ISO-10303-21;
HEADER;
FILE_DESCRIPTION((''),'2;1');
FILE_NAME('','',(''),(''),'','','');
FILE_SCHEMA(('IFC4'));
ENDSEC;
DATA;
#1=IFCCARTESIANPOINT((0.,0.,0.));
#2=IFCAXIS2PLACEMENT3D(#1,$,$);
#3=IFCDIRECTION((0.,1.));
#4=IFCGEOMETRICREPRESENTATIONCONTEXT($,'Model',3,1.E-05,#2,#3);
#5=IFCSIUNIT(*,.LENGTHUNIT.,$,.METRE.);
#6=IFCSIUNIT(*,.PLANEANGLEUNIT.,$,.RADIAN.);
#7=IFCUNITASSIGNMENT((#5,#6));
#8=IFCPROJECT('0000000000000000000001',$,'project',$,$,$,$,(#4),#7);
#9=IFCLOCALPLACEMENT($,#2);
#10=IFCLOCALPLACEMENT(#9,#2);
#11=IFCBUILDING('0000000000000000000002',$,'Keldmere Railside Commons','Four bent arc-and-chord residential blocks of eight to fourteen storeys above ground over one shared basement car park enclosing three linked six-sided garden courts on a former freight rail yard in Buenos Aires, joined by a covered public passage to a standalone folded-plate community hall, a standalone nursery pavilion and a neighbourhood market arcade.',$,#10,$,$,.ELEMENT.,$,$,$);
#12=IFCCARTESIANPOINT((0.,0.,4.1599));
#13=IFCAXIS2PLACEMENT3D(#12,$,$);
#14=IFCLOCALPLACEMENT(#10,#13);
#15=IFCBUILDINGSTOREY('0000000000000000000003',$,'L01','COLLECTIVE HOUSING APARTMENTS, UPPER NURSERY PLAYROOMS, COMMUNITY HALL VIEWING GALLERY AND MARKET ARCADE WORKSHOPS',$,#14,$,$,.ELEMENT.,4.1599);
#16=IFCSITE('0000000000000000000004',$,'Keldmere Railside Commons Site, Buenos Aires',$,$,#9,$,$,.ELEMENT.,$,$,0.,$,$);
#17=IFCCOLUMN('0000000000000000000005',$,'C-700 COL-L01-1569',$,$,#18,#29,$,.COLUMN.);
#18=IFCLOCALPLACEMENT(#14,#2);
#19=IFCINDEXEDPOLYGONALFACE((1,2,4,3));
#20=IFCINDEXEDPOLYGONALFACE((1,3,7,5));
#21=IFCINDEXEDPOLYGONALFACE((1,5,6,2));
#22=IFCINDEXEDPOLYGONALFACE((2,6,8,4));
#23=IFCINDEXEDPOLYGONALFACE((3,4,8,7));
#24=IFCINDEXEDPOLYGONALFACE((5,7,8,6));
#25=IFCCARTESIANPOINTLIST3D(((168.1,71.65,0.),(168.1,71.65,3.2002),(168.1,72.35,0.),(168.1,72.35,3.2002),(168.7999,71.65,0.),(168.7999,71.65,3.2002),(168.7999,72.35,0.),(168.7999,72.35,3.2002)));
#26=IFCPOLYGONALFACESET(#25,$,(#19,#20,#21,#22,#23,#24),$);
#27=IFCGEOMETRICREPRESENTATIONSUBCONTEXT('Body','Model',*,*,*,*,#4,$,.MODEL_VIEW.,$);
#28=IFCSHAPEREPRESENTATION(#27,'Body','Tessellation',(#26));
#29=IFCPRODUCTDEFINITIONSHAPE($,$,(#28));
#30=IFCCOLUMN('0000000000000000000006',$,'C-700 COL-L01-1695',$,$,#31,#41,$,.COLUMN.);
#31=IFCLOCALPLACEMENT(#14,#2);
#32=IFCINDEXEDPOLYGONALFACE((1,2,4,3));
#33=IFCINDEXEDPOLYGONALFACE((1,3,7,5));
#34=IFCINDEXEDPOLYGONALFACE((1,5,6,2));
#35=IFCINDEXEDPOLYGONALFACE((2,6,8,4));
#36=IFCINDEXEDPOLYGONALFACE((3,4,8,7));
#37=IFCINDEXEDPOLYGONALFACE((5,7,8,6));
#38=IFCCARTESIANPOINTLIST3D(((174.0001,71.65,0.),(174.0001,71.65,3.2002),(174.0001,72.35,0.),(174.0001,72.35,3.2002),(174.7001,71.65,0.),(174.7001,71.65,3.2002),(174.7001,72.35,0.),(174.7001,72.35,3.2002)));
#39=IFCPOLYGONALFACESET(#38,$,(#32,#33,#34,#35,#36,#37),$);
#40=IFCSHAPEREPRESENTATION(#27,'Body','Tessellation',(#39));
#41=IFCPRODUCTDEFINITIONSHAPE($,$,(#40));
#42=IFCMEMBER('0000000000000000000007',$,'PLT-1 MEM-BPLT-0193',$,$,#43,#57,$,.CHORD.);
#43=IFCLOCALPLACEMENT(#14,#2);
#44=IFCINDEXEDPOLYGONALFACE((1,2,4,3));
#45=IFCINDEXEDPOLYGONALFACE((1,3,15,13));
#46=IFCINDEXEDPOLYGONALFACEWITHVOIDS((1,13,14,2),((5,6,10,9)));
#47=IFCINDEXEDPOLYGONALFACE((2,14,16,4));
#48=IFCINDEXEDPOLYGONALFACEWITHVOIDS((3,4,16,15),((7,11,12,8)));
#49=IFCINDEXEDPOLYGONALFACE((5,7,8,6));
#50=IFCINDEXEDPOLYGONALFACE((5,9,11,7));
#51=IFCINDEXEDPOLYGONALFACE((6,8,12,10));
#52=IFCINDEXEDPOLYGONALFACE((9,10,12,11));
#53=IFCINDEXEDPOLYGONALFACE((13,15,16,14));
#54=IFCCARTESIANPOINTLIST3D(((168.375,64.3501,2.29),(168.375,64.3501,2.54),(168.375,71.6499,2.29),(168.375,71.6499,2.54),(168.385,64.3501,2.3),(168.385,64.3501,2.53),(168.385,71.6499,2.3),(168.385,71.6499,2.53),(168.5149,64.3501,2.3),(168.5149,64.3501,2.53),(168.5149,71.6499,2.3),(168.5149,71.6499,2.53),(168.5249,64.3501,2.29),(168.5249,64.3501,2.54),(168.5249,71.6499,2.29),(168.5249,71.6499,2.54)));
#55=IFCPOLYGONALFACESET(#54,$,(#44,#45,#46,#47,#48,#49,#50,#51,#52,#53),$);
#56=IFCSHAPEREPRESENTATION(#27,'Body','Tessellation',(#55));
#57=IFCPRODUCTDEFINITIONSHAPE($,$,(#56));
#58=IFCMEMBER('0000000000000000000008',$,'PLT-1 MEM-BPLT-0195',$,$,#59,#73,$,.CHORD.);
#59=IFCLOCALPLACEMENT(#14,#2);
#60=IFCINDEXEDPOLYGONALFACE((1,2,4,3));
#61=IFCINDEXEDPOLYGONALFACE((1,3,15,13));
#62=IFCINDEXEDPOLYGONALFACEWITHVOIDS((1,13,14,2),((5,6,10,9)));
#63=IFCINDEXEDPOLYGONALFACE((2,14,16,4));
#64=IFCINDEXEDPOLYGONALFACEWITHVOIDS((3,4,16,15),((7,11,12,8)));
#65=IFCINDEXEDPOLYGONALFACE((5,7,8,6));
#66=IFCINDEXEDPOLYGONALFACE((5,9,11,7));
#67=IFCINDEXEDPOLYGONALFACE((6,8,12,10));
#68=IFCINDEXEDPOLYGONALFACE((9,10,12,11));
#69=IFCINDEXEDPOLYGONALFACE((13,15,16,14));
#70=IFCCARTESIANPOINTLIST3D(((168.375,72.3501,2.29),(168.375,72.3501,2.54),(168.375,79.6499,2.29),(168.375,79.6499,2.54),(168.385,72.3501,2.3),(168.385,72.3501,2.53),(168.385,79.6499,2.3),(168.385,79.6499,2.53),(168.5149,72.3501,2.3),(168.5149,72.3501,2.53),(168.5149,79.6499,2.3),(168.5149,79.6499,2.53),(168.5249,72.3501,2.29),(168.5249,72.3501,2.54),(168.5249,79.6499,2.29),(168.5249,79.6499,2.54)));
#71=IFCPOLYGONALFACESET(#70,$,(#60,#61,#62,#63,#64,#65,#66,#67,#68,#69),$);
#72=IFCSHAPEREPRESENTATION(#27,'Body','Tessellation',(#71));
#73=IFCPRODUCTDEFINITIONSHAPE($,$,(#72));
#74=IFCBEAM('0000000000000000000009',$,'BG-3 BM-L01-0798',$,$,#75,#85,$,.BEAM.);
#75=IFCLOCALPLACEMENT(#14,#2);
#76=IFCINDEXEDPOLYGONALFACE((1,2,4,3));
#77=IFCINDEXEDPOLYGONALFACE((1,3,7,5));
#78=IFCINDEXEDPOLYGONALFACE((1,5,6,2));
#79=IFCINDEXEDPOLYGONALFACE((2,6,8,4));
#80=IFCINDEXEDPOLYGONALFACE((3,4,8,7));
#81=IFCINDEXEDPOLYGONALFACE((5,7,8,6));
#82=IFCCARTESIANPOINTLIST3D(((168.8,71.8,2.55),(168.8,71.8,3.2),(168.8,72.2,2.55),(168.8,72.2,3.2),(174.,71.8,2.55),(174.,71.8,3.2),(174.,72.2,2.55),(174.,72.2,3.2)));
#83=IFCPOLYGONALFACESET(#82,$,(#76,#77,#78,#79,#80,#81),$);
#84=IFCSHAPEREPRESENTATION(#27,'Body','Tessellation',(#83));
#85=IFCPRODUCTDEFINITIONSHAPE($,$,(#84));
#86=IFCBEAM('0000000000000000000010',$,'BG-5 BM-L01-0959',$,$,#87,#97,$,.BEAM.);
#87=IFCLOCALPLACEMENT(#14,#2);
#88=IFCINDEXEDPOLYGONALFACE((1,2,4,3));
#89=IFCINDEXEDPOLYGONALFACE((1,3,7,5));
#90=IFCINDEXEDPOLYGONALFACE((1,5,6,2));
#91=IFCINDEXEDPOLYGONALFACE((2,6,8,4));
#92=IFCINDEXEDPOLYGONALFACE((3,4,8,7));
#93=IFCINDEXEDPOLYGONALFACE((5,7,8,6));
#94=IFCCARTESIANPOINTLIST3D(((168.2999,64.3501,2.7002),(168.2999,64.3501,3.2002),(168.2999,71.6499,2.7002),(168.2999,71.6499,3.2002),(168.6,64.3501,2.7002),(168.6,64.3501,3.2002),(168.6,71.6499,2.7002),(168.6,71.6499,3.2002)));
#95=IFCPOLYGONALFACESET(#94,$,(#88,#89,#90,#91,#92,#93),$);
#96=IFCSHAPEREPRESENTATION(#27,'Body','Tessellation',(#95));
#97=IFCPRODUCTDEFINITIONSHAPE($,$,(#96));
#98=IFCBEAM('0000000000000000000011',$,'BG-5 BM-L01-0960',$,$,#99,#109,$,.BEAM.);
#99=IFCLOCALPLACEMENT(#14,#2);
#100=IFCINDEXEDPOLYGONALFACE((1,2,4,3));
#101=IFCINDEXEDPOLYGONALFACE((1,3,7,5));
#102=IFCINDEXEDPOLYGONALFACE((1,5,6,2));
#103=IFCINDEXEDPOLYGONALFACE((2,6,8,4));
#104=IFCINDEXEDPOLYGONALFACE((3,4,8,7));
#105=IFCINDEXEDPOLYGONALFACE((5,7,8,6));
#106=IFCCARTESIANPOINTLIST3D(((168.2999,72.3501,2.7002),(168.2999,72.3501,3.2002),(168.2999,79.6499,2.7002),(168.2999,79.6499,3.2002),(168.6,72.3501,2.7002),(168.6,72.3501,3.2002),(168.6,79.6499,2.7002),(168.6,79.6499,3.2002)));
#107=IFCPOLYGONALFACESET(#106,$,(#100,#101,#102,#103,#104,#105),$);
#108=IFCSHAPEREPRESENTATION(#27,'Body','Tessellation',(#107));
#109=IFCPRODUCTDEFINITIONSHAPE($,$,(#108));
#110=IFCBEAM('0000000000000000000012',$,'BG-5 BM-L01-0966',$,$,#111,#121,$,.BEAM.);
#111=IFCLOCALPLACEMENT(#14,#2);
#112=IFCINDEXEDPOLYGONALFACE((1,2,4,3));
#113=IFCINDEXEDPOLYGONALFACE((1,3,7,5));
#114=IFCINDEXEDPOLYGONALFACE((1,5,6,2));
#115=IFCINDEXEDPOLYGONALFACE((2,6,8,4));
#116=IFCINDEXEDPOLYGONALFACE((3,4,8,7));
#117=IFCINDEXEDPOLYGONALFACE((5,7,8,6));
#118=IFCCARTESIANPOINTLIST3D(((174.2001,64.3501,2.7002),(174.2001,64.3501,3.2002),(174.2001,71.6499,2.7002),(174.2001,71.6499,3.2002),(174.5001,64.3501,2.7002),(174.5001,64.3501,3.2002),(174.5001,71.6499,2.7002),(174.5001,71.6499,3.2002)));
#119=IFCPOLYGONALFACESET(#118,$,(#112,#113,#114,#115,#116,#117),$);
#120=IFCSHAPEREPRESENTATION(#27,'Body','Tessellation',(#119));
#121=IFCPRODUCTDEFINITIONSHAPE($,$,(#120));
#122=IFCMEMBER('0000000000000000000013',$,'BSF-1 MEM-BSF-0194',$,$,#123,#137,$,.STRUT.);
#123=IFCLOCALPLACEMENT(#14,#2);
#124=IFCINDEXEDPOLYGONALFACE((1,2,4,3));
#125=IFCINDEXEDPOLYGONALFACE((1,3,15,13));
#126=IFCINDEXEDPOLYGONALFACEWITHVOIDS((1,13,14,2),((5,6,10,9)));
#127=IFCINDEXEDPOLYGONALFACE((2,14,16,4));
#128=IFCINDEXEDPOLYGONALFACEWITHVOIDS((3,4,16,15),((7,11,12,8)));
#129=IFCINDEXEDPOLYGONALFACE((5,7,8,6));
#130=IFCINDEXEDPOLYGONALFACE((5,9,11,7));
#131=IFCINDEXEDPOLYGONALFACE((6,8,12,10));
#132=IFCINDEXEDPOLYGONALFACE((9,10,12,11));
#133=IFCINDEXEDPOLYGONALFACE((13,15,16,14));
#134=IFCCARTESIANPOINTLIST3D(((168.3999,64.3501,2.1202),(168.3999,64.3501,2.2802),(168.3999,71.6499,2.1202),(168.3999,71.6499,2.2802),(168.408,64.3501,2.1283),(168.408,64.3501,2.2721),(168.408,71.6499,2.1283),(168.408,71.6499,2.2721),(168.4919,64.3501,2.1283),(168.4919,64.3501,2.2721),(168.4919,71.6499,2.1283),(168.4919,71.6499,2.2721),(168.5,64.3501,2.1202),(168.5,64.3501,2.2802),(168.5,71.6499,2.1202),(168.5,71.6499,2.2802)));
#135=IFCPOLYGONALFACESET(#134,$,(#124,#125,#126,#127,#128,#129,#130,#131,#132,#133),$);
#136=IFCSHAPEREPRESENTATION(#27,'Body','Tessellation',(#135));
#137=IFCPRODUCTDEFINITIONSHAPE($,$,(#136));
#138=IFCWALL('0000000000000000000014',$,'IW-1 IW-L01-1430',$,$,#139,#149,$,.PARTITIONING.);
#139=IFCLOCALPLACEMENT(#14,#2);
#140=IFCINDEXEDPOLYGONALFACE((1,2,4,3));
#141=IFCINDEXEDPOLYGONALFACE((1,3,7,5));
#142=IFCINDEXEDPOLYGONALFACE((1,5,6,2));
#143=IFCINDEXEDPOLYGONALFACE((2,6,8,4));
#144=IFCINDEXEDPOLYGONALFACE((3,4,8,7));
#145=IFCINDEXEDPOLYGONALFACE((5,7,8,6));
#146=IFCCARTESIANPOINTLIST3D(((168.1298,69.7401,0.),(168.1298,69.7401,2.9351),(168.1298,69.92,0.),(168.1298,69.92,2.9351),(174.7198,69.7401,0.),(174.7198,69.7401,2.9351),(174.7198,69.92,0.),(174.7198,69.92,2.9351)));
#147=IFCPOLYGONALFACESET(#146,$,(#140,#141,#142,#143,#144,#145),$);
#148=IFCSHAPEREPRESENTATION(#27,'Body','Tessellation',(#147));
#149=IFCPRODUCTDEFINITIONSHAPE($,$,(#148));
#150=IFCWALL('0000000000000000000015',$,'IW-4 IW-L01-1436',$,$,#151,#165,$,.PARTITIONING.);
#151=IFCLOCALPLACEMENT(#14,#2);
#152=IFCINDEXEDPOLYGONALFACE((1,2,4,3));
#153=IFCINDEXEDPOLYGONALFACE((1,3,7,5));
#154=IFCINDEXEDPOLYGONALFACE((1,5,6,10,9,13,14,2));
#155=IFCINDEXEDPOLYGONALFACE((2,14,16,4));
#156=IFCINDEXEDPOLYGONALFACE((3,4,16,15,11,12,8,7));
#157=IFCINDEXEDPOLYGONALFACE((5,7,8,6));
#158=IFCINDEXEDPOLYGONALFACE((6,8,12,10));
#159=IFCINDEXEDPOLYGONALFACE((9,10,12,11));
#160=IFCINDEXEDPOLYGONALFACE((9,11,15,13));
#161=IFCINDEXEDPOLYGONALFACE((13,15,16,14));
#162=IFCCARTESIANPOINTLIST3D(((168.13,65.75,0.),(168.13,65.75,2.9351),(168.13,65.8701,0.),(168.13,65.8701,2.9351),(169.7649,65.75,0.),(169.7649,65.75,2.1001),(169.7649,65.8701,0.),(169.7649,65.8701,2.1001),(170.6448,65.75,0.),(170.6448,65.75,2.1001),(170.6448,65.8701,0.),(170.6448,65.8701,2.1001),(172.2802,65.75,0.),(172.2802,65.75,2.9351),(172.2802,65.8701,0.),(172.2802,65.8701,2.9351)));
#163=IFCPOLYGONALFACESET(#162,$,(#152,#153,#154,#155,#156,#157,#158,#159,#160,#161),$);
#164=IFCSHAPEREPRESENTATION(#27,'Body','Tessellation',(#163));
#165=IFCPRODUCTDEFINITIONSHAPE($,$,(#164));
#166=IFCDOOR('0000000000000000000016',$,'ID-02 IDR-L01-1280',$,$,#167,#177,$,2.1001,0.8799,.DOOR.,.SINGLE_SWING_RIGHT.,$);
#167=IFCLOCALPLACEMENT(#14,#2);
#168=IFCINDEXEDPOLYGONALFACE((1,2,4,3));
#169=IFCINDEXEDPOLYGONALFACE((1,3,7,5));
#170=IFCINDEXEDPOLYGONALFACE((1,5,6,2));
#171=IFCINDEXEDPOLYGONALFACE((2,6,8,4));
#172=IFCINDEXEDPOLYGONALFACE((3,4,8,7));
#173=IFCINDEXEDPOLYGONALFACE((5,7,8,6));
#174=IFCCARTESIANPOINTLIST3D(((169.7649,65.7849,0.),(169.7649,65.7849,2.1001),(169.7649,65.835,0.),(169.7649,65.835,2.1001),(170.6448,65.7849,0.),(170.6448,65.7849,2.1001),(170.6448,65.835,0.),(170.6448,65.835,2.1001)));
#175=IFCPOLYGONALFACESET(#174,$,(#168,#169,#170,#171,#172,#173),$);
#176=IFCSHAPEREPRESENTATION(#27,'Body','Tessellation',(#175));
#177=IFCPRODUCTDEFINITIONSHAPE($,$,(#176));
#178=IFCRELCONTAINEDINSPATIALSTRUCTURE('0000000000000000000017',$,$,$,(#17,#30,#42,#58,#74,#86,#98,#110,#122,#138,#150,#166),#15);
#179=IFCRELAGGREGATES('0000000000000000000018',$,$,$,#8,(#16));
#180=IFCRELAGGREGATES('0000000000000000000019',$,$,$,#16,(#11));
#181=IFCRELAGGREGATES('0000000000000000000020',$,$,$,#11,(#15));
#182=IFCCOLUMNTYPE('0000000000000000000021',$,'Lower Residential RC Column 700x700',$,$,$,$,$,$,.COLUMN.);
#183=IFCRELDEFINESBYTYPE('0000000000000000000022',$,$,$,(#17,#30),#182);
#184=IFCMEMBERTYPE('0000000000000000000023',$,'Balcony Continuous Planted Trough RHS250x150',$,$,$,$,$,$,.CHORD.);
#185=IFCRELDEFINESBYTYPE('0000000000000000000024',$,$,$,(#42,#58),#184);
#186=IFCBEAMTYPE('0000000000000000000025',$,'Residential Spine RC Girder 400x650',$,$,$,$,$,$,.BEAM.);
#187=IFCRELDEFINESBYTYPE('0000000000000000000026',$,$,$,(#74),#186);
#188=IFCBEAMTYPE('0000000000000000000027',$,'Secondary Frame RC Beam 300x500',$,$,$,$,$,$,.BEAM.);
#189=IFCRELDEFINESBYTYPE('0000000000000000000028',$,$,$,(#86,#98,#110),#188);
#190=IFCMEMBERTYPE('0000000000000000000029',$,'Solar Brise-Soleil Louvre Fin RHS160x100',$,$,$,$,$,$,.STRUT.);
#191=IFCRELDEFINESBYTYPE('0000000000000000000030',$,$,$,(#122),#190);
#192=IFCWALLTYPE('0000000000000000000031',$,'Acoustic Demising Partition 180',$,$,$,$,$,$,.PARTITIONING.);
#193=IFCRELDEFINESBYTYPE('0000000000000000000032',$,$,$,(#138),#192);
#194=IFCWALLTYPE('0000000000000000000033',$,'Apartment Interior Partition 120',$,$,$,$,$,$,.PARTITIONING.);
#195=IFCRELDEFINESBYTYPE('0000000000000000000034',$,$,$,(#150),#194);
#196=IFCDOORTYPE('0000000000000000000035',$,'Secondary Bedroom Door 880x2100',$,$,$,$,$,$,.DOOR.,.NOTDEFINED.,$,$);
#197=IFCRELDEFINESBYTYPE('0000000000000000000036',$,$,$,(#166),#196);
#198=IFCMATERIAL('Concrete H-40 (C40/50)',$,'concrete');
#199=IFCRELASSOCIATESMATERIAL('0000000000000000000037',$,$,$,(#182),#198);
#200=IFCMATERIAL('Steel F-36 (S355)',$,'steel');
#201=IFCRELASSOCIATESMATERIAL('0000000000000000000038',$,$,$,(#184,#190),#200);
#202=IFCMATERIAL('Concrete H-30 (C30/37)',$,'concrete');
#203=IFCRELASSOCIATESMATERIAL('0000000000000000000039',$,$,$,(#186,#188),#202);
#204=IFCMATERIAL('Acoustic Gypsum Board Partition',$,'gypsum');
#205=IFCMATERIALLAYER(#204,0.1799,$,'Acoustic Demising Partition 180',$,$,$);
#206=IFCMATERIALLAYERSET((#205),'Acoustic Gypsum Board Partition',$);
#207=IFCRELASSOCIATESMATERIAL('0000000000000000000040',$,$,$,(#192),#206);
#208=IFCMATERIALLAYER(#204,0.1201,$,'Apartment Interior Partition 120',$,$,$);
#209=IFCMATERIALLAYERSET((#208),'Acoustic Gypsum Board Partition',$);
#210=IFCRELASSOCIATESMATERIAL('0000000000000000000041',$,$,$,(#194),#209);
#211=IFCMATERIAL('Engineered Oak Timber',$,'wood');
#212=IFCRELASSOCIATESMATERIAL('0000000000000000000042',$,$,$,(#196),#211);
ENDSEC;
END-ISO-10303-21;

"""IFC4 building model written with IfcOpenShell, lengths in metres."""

from ifc_helpers import new_model, si_unit, direction, frame, frame_2d, origin, origin_2d, place, context, subcontext, project, spatial, rectangle, hollow_rectangle, extrude, material, layer, layer_set, material_profile, profile_set, type_object, element, fill, save


model = new_model("IFC4")

# Units and contexts
model_context = context("Model", 3, precision=1e-05, world=origin(), true_north=direction((0.0, 1.0)))
body_context = subcontext(model_context, "Body", "Model", "MODEL_VIEW")
ifc_project = project(units=[si_unit("LENGTHUNIT", "METRE"), si_unit("PLANEANGLEUNIT", "RADIAN")], contexts=[model_context])

# Site, building, storey
site_placement = place(None, origin())
site = spatial("IfcSite", under=ifc_project, at=site_placement, Name="Keldmere Railside Commons Site, Buenos Aires", CompositionType="ELEMENT", RefElevation=0.0)
building_placement = place(site_placement, origin())
building = spatial("IfcBuilding", under=site, at=building_placement, Name="Keldmere Railside Commons", Description="Four bent arc-and-chord residential blocks of eight to fourteen storeys above ground over one shared basement car park enclosing three linked six-sided garden courts on a former freight rail yard in Buenos Aires, joined by a covered public passage to a standalone folded-plate community hall, a standalone nursery pavilion and a neighbourhood market arcade.", CompositionType="ELEMENT")
storey_placement = place(building_placement, frame((0.0, 0.0, 4.1599)))
storey = spatial("IfcBuildingStorey", under=building, at=storey_placement, Name="L01", Description="COLLECTIVE HOUSING APARTMENTS, UPPER NURSERY PLAYROOMS, COMMUNITY HALL VIEWING GALLERY AND MARKET ARCADE WORKSHOPS", CompositionType="ELEMENT", Elevation=4.1599)

# Columns
ifc_material_1 = material(Name="Concrete H-40 (C40/50)", Category="concrete")
ifc_material_profile_1 = material_profile(ifc_material_1, rectangle(XDim=0.7, YDim=0.7, at=origin_2d()), Name="RC-700x700")
ifc_profile_set_1 = profile_set([ifc_material_profile_1], Name="Concrete H-40 (C40/50)")
column_type = type_object("IfcColumnType", Name="Lower Residential RC Column 700x700", PredefinedType="COLUMN", material=ifc_profile_set_1)
for number, where, z_axis, x_axis, name in (
    (1, (168.45, 72.0, 0.0), (0.0, 0.0, 1.0), (1.0, 0.0, 0.0), "C-700 COL-L01-1569"),
    (2, (174.3501, 72.0, 0.0), (0.0, 0.0, 1.0), (1.0, 0.0, 0.0), "C-700 COL-L01-1695"),
):
    element("IfcColumn", number, at=place(storey_placement, frame(where, z_axis=z_axis, x_axis=x_axis)), inside=storey, type_object=column_type, Name=name, PredefinedType="COLUMN", context=body_context, shape_type="SweptSolid", body=[
        extrude(rectangle(XDim=0.7, YDim=0.7, at=origin_2d()), origin(), (0.0, 0.0, 1.0), 3.2002),
    ])

# Members
ifc_material_2 = material(Name="Steel F-36 (S355)", Category="steel")
ifc_material_profile_2 = material_profile(ifc_material_2, hollow_rectangle(XDim=0.1499, YDim=0.25, WallThickness=0.01, at=origin_2d()), Name="RHS-250x150x10")
ifc_profile_set_2 = profile_set([ifc_material_profile_2], Name="Steel F-36 (S355)")
member_type_1 = type_object("IfcMemberType", Name="Balcony Continuous Planted Trough RHS250x150", PredefinedType="CHORD", material=ifc_profile_set_2)
for number, where, z_axis, x_axis, name in (
    (3, (168.45, 64.3501, 2.415), (0.0, 1.0, 0.0), (-1.0, 0.0, 0.0), "PLT-1 MEM-BPLT-0193"),
    (4, (168.45, 72.3501, 2.415), (0.0, 1.0, 0.0), (-1.0, 0.0, 0.0), "PLT-1 MEM-BPLT-0195"),
):
    element("IfcMember", number, at=place(storey_placement, frame(where, z_axis=z_axis, x_axis=x_axis)), inside=storey, type_object=member_type_1, Name=name, PredefinedType="CHORD", context=body_context, shape_type="SweptSolid", body=[
        extrude(hollow_rectangle(XDim=0.1499, YDim=0.25, WallThickness=0.01, at=origin_2d()), origin(), (0.0, 0.0, 1.0), 7.2998),
    ])

# Beams
ifc_material_3 = material(Name="Concrete H-30 (C30/37)", Category="concrete")
ifc_material_profile_3 = material_profile(ifc_material_3, rectangle(XDim=0.3999, YDim=0.6499, at=origin_2d()), Name="RC-400x650")
ifc_profile_set_3 = profile_set([ifc_material_profile_3], Name="Concrete H-30 (C30/37)")
beam_type_1 = type_object("IfcBeamType", Name="Residential Spine RC Girder 400x650", PredefinedType="BEAM", material=ifc_profile_set_3)
beam_placement = place(storey_placement, frame((168.8, 72.0, 2.875), z_axis=(1.0, 0.0, 0.0), x_axis=(0.0, 1.0, 0.0)))
element("IfcBeam", 5, at=beam_placement, inside=storey, type_object=beam_type_1, Name="BG-3 BM-L01-0798", PredefinedType="BEAM", context=body_context, shape_type="SweptSolid", body=[
    extrude(rectangle(XDim=0.3999, YDim=0.6499, at=origin_2d()), origin(), (0.0, 0.0, 1.0), 5.2),
])
ifc_material_profile_4 = material_profile(ifc_material_3, rectangle(XDim=0.3, YDim=0.5, at=origin_2d()), Name="RC-300x500")
ifc_profile_set_4 = profile_set([ifc_material_profile_4], Name="Concrete H-30 (C30/37)")
beam_type_2 = type_object("IfcBeamType", Name="Secondary Frame RC Beam 300x500", PredefinedType="BEAM", material=ifc_profile_set_4)
for number, where, z_axis, x_axis, name in (
    (6, (168.45, 64.3501, 2.9502), (0.0, 1.0, 0.0), (-1.0, 0.0, 0.0), "BG-5 BM-L01-0959"),
    (7, (168.45, 72.3501, 2.9502), (0.0, 1.0, 0.0), (-1.0, 0.0, 0.0), "BG-5 BM-L01-0960"),
    (8, (174.3501, 64.3501, 2.9502), (0.0, 1.0, 0.0), (-1.0, 0.0, 0.0), "BG-5 BM-L01-0966"),
):
    element("IfcBeam", number, at=place(storey_placement, frame(where, z_axis=z_axis, x_axis=x_axis)), inside=storey, type_object=beam_type_2, Name=name, PredefinedType="BEAM", context=body_context, shape_type="SweptSolid", body=[
        extrude(rectangle(XDim=0.3, YDim=0.5, at=origin_2d()), origin(), (0.0, 0.0, 1.0), 7.2998),
    ])

# Member
ifc_material_profile_5 = material_profile(ifc_material_2, hollow_rectangle(XDim=0.1001, YDim=0.1599, WallThickness=0.0081, at=origin_2d()), Name="RHS-160x100x8")
ifc_profile_set_5 = profile_set([ifc_material_profile_5], Name="Steel F-36 (S355)")
member_type_2 = type_object("IfcMemberType", Name="Solar Brise-Soleil Louvre Fin RHS160x100", PredefinedType="STRUT", material=ifc_profile_set_5)
member_placement = place(storey_placement, frame((168.45, 64.3501, 2.2002), z_axis=(0.0, 1.0, 0.0), x_axis=(-1.0, 0.0, 0.0)))
element("IfcMember", 9, at=member_placement, inside=storey, type_object=member_type_2, Name="BSF-1 MEM-BSF-0194", PredefinedType="STRUT", context=body_context, shape_type="SweptSolid", body=[
    extrude(hollow_rectangle(XDim=0.1001, YDim=0.1599, WallThickness=0.0081, at=origin_2d()), origin(), (0.0, 0.0, 1.0), 7.2998),
])

# Wall
ifc_material_4 = material(Name="Acoustic Gypsum Board Partition", Category="gypsum")
ifc_layer_1 = layer(ifc_material_4, 0.1799, Name="Acoustic Demising Partition 180")
ifc_layer_set_1 = layer_set([ifc_layer_1], Name="Acoustic Gypsum Board Partition")
wall_type_1 = type_object("IfcWallType", Name="Acoustic Demising Partition 180", PredefinedType="PARTITIONING", material=ifc_layer_set_1)
wall_1_placement = place(storey_placement, frame((168.1299, 69.8301, 0.0), z_axis=(0.0, 0.0, 1.0), x_axis=(1.0, 0.0, 0.0)))
element("IfcWall", 10, at=wall_1_placement, inside=storey, type_object=wall_type_1, Name="IW-1 IW-L01-1430", PredefinedType="PARTITIONING", context=body_context, shape_type="SweptSolid", body=[
    extrude(rectangle(XDim=6.5901, YDim=0.1799, at=frame_2d((3.2949, 0.0))), origin(), (0.0, 0.0, 1.0), 2.9351),
])

# Wall, opening, door
ifc_layer_2 = layer(ifc_material_4, 0.1201, Name="Apartment Interior Partition 120")
ifc_layer_set_2 = layer_set([ifc_layer_2], Name="Acoustic Gypsum Board Partition")
wall_type_2 = type_object("IfcWallType", Name="Apartment Interior Partition 120", PredefinedType="PARTITIONING", material=ifc_layer_set_2)
wall_2_placement = place(storey_placement, frame((168.1299, 65.8101, 0.0), z_axis=(0.0, 0.0, 1.0), x_axis=(1.0, 0.0, 0.0)))
wall_2 = element("IfcWall", 11, at=wall_2_placement, inside=storey, type_object=wall_type_2, Name="IW-4 IW-L01-1436", PredefinedType="PARTITIONING", context=body_context, shape_type="SweptSolid", body=[
    extrude(rectangle(XDim=4.1501, YDim=0.1201, at=frame_2d((2.0752, 0.0))), origin(), (0.0, 0.0, 1.0), 2.9351),
])
opening_1_placement = place(wall_2_placement, frame((1.635, 0.0, 0.0)))
opening_1 = element("IfcOpeningElement", 12, at=opening_1_placement, cuts=wall_2, PredefinedType="OPENING", context=body_context, shape_type="SweptSolid", body=[
    extrude(rectangle(XDim=0.8799, YDim=2.1001, at=frame_2d((0.4399, 1.05))), frame((0.0, 0.0701, 0.0), z_axis=(0.0, -1.0, 0.0), x_axis=(1.0, 0.0, 0.0)), (0.0, 0.0, 1.0), 0.1401),
])
ifc_material_5 = material(Name="Engineered Oak Timber", Category="wood")
door_type_1 = type_object("IfcDoorType", Name="Secondary Bedroom Door 880x2100", OperationType="NOTDEFINED", PredefinedType="DOOR", material=ifc_material_5)
door_1_placement = place(opening_1_placement, origin())
door_1 = element("IfcDoor", 13, at=door_1_placement, inside=storey, type_object=door_type_1, Name="ID-02 IDR-L01-1280", OperationType="SINGLE_SWING_RIGHT", OverallHeight=2.1001, OverallWidth=0.8799, PredefinedType="DOOR", context=body_context, shape_type="SweptSolid", body=[
    extrude(rectangle(XDim=0.8799, YDim=2.1001, at=frame_2d((0.4399, 1.05))), frame((0.0, 0.0249, 0.0), z_axis=(0.0, -1.0, 0.0), x_axis=(1.0, 0.0, 0.0)), (0.0, 0.0, 1.0), 0.05),
])
fill(opening_1, door_1)

save(model, "model.ifc")
